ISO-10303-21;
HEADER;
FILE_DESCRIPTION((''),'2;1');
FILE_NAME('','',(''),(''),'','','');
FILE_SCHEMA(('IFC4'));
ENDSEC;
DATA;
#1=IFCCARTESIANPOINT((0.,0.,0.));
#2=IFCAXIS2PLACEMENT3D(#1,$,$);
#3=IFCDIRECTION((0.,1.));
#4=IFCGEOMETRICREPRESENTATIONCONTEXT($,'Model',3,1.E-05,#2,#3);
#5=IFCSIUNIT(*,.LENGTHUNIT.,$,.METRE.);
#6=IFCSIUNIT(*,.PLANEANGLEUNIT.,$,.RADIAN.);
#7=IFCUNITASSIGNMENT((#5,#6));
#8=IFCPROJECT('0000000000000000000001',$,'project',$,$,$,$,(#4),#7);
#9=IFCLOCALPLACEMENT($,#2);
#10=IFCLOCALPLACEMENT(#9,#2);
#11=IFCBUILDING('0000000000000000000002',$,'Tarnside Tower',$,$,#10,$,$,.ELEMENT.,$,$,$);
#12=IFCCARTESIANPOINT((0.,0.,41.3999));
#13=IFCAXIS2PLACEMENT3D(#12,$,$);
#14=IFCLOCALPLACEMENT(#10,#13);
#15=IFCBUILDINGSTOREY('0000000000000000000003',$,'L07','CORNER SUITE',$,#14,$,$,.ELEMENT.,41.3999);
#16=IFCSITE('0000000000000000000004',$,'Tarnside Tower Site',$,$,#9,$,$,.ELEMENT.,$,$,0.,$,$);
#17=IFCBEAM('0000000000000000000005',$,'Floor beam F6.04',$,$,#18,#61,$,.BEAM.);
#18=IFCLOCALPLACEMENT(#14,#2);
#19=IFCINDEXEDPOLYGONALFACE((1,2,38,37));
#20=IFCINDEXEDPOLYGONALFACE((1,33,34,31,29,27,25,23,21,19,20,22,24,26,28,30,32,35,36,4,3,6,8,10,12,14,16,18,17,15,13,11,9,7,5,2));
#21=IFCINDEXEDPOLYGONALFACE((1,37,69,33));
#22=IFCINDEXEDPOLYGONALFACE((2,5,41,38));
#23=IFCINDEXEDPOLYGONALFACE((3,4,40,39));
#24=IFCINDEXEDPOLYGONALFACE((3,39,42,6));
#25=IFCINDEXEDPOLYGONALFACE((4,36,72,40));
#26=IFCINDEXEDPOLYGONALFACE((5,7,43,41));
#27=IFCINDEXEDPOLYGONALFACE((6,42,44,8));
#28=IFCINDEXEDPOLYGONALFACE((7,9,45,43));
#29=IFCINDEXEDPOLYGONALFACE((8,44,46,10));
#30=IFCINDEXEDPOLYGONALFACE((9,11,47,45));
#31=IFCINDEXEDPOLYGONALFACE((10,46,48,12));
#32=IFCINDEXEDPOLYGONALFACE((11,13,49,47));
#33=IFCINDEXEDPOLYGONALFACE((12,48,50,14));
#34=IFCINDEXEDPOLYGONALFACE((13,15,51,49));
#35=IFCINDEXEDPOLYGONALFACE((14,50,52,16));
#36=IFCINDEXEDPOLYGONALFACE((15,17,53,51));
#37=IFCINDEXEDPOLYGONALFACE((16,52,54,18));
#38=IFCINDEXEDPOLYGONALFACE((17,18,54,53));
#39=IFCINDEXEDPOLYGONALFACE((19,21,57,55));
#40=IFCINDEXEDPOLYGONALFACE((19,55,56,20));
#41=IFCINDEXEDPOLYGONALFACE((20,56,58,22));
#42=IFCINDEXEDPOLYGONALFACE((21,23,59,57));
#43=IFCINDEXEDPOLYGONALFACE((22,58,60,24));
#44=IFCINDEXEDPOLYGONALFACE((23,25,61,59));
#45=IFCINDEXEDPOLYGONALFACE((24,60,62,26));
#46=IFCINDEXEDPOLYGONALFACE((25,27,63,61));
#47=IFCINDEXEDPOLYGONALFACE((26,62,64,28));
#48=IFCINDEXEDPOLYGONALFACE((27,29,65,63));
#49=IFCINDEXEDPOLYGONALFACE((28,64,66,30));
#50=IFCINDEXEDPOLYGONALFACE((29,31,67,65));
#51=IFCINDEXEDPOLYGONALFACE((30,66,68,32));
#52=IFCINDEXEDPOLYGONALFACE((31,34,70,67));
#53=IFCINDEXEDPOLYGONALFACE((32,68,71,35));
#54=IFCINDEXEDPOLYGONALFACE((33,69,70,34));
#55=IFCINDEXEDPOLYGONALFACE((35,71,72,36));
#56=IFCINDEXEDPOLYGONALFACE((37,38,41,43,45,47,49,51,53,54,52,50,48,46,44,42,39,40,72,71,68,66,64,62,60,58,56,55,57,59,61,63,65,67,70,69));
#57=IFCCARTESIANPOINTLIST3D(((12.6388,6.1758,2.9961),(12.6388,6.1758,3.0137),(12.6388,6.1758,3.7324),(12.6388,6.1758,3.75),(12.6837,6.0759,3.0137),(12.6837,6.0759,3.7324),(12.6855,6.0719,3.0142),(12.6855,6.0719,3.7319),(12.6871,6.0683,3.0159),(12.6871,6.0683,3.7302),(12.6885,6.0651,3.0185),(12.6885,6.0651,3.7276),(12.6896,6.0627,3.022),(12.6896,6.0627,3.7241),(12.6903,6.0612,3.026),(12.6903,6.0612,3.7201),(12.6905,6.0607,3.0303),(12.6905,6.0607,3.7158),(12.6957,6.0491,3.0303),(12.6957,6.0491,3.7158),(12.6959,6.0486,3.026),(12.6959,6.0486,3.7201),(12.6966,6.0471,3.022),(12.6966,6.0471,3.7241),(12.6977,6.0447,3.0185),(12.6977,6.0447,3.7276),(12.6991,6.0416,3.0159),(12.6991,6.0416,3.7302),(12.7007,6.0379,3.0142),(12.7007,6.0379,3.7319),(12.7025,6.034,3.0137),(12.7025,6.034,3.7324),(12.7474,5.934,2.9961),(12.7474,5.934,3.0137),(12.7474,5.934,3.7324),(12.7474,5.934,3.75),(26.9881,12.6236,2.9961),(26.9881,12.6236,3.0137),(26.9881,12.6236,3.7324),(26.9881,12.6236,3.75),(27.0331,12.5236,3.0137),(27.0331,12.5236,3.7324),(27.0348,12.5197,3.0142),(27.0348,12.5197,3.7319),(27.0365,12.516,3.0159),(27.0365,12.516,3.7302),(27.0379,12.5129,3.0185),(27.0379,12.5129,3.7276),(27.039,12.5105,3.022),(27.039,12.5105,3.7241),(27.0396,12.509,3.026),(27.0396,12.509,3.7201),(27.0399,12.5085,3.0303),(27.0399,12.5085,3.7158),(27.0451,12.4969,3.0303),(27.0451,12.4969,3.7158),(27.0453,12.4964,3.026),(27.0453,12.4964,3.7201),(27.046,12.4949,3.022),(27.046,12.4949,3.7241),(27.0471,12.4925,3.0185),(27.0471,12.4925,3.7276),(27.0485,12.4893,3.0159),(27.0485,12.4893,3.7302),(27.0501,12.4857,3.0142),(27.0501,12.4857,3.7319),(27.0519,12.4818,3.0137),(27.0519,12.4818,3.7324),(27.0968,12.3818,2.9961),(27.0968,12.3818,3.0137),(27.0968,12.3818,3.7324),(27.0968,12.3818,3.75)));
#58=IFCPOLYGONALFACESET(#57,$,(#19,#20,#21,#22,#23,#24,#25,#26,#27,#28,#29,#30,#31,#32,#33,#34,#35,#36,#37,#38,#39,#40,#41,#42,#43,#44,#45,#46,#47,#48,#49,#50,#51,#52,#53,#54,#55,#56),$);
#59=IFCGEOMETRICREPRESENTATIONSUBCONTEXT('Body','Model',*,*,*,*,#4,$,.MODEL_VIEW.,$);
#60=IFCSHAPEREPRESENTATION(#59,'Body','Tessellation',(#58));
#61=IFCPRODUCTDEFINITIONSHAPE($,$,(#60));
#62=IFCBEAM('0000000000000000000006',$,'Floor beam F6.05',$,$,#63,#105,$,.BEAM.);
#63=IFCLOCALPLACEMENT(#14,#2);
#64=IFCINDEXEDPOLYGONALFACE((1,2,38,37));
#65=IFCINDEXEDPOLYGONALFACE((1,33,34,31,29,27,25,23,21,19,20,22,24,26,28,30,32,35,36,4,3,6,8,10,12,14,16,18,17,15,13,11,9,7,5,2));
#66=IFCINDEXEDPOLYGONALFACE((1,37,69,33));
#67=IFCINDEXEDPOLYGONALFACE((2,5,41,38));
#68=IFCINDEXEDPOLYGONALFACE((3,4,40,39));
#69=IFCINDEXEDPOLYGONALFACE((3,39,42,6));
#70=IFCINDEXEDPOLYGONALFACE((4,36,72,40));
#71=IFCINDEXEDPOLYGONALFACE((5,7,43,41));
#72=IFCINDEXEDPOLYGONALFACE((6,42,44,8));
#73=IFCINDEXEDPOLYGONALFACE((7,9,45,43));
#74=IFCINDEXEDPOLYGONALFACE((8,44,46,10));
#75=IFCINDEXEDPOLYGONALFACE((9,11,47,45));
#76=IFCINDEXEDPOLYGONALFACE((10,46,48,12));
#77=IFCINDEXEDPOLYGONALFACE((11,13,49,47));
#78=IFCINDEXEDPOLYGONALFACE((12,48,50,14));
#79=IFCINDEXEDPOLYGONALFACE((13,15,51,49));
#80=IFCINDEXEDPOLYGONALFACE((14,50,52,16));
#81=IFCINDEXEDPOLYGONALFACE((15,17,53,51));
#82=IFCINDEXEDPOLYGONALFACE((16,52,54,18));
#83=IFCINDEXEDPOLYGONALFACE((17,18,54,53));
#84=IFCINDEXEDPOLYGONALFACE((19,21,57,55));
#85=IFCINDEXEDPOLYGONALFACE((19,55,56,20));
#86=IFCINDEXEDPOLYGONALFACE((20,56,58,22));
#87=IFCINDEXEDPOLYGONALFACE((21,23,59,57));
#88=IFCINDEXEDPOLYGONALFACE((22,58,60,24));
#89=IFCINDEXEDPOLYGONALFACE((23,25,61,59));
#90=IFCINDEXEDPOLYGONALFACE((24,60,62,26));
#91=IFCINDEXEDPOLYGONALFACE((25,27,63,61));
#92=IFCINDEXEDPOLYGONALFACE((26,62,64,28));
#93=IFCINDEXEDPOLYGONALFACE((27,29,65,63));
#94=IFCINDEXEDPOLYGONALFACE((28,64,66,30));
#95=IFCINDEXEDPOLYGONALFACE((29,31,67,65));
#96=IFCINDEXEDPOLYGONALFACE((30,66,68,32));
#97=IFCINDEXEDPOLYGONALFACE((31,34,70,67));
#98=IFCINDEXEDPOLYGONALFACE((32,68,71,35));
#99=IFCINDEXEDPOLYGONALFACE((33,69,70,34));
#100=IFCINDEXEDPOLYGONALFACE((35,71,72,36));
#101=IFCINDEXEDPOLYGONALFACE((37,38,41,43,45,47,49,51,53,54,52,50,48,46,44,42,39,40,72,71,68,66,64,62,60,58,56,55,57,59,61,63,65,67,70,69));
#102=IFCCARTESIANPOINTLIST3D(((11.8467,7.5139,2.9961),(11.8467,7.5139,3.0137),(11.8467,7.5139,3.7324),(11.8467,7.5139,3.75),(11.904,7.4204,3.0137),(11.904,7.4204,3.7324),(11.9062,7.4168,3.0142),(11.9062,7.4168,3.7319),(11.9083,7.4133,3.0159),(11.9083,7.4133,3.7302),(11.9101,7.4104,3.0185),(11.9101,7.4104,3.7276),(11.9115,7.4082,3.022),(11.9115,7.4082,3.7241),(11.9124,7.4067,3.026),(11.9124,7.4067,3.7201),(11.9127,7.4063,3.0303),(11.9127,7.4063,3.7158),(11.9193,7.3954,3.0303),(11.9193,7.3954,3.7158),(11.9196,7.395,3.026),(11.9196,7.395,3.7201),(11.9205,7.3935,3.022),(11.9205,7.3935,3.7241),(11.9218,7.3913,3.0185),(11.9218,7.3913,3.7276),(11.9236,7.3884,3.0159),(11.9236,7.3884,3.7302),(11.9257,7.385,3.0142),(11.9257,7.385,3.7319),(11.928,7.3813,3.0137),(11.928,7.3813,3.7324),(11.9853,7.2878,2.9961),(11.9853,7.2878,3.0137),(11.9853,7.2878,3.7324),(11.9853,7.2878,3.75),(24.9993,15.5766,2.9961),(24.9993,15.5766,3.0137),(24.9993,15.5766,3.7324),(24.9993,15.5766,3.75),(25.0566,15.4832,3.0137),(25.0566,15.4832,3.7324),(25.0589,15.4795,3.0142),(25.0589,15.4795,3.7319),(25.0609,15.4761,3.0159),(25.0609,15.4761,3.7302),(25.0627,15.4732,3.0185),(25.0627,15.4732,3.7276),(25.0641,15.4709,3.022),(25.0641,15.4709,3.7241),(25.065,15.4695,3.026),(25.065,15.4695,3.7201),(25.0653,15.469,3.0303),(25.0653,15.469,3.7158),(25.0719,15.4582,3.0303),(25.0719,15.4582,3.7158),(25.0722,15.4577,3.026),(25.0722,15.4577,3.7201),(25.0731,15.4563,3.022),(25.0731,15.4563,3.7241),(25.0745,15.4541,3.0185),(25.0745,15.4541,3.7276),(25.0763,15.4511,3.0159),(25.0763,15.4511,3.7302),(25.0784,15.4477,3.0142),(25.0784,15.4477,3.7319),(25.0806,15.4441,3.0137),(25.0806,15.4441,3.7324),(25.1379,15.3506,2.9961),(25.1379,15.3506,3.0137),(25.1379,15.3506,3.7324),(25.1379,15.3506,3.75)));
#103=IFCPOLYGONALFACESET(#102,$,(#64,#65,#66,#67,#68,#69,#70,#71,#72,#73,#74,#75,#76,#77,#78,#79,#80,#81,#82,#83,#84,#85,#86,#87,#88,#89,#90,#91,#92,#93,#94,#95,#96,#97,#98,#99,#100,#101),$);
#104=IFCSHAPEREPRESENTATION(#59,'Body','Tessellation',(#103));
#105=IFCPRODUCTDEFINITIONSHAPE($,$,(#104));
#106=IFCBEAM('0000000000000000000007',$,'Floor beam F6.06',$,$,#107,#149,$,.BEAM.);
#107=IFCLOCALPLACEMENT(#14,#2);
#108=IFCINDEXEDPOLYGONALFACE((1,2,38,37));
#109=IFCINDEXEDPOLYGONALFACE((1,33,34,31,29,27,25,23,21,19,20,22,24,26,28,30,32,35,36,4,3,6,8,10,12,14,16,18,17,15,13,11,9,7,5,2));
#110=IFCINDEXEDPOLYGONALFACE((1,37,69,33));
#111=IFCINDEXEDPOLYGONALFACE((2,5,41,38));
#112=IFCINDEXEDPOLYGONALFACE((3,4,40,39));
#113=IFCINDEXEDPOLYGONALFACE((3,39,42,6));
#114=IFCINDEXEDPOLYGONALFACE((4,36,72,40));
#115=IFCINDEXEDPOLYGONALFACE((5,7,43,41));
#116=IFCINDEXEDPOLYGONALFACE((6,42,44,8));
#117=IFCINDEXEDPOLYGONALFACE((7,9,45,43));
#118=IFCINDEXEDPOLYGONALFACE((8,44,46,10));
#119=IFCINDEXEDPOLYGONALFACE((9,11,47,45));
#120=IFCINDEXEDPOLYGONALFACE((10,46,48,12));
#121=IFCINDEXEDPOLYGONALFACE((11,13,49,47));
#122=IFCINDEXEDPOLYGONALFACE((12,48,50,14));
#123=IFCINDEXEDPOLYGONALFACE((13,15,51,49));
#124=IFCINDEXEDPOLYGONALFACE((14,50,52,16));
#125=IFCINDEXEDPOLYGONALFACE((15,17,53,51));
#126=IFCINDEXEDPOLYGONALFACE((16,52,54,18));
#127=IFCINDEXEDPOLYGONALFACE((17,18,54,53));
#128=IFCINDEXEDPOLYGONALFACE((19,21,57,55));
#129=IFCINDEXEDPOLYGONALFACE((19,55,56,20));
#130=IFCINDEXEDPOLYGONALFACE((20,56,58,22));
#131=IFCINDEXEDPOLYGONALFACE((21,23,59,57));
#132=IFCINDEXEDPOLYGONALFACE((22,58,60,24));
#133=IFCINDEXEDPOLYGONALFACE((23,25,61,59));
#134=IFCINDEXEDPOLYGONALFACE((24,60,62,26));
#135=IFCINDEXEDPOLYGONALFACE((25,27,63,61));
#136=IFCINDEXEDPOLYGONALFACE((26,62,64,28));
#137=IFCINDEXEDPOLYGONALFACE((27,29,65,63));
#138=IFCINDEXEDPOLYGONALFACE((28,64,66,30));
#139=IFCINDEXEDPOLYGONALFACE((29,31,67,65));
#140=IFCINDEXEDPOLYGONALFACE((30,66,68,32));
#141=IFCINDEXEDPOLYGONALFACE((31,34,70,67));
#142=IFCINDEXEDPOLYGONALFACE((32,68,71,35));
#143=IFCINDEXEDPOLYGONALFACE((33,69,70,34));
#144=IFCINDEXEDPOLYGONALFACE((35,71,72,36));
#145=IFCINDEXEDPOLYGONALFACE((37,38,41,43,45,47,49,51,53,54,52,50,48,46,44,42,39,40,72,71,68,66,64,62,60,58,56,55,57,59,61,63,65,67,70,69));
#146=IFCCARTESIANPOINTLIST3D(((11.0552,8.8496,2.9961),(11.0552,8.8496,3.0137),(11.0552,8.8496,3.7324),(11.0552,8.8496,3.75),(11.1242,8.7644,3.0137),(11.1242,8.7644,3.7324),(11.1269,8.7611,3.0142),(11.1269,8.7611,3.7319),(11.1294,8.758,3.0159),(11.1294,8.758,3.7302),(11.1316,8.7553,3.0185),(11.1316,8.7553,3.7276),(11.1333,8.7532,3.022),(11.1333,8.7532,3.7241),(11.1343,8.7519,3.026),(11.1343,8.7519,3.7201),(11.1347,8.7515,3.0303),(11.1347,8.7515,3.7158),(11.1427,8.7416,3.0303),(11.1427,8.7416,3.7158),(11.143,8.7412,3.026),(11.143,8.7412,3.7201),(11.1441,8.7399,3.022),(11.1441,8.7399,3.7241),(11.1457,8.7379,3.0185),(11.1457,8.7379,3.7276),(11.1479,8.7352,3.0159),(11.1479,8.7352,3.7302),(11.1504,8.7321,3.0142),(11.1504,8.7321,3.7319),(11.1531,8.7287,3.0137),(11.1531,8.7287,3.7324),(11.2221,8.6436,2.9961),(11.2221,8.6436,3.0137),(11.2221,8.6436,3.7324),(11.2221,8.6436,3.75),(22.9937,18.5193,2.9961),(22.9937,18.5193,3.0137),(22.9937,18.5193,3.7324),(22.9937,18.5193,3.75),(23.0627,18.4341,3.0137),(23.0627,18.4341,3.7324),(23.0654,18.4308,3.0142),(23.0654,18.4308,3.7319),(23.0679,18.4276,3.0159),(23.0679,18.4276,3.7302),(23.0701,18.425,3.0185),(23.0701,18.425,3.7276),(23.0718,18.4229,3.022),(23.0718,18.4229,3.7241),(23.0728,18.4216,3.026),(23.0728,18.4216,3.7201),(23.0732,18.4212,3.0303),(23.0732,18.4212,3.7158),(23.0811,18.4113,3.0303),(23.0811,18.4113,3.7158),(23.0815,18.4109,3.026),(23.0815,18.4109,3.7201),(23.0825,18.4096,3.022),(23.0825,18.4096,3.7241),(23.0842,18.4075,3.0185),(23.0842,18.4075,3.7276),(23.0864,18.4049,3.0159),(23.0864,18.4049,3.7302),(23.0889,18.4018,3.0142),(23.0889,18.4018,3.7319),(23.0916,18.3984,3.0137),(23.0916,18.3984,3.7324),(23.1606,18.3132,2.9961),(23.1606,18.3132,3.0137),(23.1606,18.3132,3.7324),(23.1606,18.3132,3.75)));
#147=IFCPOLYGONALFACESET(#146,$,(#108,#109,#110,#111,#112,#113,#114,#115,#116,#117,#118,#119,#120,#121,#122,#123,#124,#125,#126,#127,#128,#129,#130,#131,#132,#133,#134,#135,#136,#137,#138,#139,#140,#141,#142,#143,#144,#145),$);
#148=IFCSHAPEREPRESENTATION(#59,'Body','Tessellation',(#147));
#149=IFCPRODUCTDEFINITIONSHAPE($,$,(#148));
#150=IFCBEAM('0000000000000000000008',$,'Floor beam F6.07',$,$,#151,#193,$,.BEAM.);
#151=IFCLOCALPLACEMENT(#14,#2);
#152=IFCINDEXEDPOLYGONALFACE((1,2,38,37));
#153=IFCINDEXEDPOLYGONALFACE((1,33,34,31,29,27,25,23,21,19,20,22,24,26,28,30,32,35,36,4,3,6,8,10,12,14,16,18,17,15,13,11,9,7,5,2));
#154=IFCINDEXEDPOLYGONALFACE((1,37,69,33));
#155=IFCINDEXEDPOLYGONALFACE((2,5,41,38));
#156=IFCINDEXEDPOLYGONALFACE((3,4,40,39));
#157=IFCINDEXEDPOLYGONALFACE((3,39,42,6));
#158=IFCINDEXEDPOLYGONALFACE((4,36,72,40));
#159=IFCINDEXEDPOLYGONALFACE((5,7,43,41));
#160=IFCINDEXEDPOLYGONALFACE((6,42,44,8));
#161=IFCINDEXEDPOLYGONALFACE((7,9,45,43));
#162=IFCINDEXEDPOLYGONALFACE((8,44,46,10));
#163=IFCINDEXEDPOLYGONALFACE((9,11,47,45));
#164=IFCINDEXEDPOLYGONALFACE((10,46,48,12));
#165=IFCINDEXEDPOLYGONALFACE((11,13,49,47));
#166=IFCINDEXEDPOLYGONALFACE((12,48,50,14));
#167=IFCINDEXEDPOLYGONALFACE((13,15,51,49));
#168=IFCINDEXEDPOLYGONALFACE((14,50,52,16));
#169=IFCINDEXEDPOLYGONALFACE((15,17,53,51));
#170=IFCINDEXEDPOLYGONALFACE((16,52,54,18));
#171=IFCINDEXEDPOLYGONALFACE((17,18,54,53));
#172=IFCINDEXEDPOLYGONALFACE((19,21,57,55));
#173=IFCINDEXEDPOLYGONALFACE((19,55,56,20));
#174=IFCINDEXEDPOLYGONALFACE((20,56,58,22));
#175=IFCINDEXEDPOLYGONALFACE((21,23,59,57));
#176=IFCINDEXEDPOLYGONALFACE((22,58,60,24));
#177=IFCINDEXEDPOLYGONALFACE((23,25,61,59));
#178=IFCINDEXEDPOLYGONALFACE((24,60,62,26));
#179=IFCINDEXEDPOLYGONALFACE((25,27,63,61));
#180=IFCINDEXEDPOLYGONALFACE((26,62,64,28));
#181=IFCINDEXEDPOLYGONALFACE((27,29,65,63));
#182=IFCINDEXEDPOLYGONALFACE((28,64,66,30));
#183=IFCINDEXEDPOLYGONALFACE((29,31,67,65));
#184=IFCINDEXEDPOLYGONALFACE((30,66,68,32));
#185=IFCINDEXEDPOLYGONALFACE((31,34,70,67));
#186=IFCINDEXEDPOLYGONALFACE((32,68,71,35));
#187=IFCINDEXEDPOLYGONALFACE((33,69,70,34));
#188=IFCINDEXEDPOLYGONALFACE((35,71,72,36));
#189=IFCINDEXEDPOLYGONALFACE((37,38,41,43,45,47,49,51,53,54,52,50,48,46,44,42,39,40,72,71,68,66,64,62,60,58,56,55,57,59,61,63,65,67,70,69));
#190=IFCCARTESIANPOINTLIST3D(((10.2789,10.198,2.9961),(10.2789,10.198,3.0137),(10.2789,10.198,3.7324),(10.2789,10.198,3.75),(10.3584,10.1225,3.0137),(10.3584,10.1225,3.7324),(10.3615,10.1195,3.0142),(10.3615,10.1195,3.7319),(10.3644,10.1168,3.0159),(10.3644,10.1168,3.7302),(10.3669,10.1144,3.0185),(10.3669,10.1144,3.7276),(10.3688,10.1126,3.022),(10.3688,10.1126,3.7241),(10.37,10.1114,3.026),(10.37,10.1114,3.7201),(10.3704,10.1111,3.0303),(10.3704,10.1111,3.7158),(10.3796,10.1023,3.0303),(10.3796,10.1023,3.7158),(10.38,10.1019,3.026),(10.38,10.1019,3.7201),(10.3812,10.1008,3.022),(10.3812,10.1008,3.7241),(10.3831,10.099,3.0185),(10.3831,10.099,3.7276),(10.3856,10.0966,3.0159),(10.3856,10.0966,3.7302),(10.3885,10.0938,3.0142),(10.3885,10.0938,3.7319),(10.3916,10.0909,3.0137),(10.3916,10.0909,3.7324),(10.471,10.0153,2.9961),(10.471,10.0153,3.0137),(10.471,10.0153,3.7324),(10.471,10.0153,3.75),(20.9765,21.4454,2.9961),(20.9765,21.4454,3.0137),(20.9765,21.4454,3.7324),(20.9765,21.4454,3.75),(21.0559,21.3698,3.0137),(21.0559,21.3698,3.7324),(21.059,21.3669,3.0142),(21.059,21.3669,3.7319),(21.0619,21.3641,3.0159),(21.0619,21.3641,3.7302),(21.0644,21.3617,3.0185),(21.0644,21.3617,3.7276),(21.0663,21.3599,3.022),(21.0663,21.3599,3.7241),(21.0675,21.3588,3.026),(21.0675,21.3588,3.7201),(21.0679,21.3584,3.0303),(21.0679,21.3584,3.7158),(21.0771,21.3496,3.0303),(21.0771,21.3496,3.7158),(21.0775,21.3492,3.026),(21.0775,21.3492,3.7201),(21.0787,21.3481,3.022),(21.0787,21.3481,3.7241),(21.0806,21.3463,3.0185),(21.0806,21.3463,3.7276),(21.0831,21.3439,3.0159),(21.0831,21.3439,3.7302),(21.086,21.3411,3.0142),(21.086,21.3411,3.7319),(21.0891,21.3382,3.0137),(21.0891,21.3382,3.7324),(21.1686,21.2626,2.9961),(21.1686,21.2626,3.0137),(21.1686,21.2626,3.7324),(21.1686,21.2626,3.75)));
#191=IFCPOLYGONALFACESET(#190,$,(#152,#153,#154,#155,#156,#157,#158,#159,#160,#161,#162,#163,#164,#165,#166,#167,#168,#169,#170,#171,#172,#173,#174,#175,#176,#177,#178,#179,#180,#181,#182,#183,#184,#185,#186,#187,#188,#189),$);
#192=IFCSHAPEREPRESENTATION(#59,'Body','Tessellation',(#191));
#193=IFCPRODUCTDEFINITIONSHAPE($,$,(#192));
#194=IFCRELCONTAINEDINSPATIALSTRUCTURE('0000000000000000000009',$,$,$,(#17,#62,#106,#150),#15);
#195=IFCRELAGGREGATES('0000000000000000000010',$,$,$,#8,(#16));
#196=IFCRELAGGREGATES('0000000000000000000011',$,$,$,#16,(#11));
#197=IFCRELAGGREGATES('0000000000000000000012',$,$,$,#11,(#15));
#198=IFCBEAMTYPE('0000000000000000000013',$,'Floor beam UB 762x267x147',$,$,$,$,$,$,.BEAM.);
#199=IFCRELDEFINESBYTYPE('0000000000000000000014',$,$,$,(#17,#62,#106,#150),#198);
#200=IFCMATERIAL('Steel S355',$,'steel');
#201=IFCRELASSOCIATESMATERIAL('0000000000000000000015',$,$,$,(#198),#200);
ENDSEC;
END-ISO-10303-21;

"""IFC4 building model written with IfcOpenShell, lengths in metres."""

from ifc_helpers import new_model, si_unit, direction, frame, origin, origin_2d, place, context, subcontext, project, spatial, i_section, extrude, material, material_profile, profile_set, type_object, element, save


model = new_model("IFC4")

# Units and contexts
model_context = context("Model", 3, precision=1e-05, world=origin(), true_north=direction((0.0, 1.0)))
body_context = subcontext(model_context, "Body", "Model", "MODEL_VIEW")
ifc_project = project(units=[si_unit("LENGTHUNIT", "METRE"), si_unit("PLANEANGLEUNIT", "RADIAN")], contexts=[model_context])

# Site, building, storey
site_placement = place(None, origin())
site = spatial("IfcSite", under=ifc_project, at=site_placement, Name="Tarnside Tower Site", CompositionType="ELEMENT", RefElevation=0.0)
building_placement = place(site_placement, origin())
building = spatial("IfcBuilding", under=site, at=building_placement, Name="Tarnside Tower", CompositionType="ELEMENT")
storey_placement = place(building_placement, frame((0.0, 0.0, 41.3999)))
storey = spatial("IfcBuildingStorey", under=building, at=storey_placement, Name="L07", Description="CORNER SUITE", CompositionType="ELEMENT", Elevation=41.3999)

# Beams
ifc_material_1 = material(Name="Steel S355", Category="steel")
ifc_material_profile_1 = material_profile(ifc_material_1, i_section(OverallWidth=0.2651, OverallDepth=0.7539, WebThickness=0.0127, FlangeThickness=0.0176, FilletRadius=0.0166, at=origin_2d()), Name="UB 762x267x147")
ifc_profile_set_1 = profile_set([ifc_material_profile_1], Name="Steel S355")
beam_type_1 = type_object("IfcBeamType", Name="Floor beam UB 762x267x147", PredefinedType="BEAM", material=ifc_profile_set_1)
beam_1_placement = place(storey_placement, frame((27.0425, 12.5027, 3.373), z_axis=(-0.912146, -0.409865, 0.0), x_axis=(0.409865, -0.912146, 0.0)))
element("IfcBeam", 1, at=beam_1_placement, inside=storey, type_object=beam_type_1, Name="Floor beam F6.04", PredefinedType="BEAM", context=body_context, shape_type="SweptSolid", body=[
    extrude(i_section(OverallWidth=0.2651, OverallDepth=0.7539, WebThickness=0.0127, FlangeThickness=0.0176, FilletRadius=0.0166, at=origin_2d()), origin(), (0.0, 0.0, 1.0), 15.7314),
])
beam_2_placement = place(storey_placement, frame((25.0686, 15.4636, 3.373), z_axis=(-0.852558, -0.522632, 0.0), x_axis=(0.522632, -0.852558, 0.0)))
element("IfcBeam", 2, at=beam_2_placement, inside=storey, type_object=beam_type_1, Name="Floor beam F6.05", PredefinedType="BEAM", context=body_context, shape_type="SweptSolid", body=[
    extrude(i_section(OverallWidth=0.2651, OverallDepth=0.7539, WebThickness=0.0127, FlangeThickness=0.0176, FilletRadius=0.0166, at=origin_2d()), origin(), (0.0, 0.0, 1.0), 15.4272),
])
beam_3_placement = place(storey_placement, frame((23.0771, 18.4163, 3.373), z_axis=(-0.777079, -0.629403, 0.0), x_axis=(0.629403, -0.777079, 0.0)))
element("IfcBeam", 3, at=beam_3_placement, inside=storey, type_object=beam_type_1, Name="Floor beam F6.06", PredefinedType="BEAM", context=body_context, shape_type="SweptSolid", body=[
    extrude(i_section(OverallWidth=0.2651, OverallDepth=0.7539, WebThickness=0.0127, FlangeThickness=0.0176, FilletRadius=0.0166, at=origin_2d()), origin(), (0.0, 0.0, 1.0), 15.3633),
])
beam_4_placement = place(storey_placement, frame((21.0725, 21.354, 3.373), z_axis=(-0.689175, -0.724595, 0.0), x_axis=(0.724595, -0.689175, 0.0)))
element("IfcBeam", 4, at=beam_4_placement, inside=storey, type_object=beam_type_1, Name="Floor beam F6.07", PredefinedType="BEAM", context=body_context, shape_type="SweptSolid", body=[
    extrude(i_section(OverallWidth=0.2651, OverallDepth=0.7539, WebThickness=0.0127, FlangeThickness=0.0176, FilletRadius=0.0166, at=origin_2d()), origin(), (0.0, 0.0, 1.0), 15.5222),
])

save(model, "model.ifc")
